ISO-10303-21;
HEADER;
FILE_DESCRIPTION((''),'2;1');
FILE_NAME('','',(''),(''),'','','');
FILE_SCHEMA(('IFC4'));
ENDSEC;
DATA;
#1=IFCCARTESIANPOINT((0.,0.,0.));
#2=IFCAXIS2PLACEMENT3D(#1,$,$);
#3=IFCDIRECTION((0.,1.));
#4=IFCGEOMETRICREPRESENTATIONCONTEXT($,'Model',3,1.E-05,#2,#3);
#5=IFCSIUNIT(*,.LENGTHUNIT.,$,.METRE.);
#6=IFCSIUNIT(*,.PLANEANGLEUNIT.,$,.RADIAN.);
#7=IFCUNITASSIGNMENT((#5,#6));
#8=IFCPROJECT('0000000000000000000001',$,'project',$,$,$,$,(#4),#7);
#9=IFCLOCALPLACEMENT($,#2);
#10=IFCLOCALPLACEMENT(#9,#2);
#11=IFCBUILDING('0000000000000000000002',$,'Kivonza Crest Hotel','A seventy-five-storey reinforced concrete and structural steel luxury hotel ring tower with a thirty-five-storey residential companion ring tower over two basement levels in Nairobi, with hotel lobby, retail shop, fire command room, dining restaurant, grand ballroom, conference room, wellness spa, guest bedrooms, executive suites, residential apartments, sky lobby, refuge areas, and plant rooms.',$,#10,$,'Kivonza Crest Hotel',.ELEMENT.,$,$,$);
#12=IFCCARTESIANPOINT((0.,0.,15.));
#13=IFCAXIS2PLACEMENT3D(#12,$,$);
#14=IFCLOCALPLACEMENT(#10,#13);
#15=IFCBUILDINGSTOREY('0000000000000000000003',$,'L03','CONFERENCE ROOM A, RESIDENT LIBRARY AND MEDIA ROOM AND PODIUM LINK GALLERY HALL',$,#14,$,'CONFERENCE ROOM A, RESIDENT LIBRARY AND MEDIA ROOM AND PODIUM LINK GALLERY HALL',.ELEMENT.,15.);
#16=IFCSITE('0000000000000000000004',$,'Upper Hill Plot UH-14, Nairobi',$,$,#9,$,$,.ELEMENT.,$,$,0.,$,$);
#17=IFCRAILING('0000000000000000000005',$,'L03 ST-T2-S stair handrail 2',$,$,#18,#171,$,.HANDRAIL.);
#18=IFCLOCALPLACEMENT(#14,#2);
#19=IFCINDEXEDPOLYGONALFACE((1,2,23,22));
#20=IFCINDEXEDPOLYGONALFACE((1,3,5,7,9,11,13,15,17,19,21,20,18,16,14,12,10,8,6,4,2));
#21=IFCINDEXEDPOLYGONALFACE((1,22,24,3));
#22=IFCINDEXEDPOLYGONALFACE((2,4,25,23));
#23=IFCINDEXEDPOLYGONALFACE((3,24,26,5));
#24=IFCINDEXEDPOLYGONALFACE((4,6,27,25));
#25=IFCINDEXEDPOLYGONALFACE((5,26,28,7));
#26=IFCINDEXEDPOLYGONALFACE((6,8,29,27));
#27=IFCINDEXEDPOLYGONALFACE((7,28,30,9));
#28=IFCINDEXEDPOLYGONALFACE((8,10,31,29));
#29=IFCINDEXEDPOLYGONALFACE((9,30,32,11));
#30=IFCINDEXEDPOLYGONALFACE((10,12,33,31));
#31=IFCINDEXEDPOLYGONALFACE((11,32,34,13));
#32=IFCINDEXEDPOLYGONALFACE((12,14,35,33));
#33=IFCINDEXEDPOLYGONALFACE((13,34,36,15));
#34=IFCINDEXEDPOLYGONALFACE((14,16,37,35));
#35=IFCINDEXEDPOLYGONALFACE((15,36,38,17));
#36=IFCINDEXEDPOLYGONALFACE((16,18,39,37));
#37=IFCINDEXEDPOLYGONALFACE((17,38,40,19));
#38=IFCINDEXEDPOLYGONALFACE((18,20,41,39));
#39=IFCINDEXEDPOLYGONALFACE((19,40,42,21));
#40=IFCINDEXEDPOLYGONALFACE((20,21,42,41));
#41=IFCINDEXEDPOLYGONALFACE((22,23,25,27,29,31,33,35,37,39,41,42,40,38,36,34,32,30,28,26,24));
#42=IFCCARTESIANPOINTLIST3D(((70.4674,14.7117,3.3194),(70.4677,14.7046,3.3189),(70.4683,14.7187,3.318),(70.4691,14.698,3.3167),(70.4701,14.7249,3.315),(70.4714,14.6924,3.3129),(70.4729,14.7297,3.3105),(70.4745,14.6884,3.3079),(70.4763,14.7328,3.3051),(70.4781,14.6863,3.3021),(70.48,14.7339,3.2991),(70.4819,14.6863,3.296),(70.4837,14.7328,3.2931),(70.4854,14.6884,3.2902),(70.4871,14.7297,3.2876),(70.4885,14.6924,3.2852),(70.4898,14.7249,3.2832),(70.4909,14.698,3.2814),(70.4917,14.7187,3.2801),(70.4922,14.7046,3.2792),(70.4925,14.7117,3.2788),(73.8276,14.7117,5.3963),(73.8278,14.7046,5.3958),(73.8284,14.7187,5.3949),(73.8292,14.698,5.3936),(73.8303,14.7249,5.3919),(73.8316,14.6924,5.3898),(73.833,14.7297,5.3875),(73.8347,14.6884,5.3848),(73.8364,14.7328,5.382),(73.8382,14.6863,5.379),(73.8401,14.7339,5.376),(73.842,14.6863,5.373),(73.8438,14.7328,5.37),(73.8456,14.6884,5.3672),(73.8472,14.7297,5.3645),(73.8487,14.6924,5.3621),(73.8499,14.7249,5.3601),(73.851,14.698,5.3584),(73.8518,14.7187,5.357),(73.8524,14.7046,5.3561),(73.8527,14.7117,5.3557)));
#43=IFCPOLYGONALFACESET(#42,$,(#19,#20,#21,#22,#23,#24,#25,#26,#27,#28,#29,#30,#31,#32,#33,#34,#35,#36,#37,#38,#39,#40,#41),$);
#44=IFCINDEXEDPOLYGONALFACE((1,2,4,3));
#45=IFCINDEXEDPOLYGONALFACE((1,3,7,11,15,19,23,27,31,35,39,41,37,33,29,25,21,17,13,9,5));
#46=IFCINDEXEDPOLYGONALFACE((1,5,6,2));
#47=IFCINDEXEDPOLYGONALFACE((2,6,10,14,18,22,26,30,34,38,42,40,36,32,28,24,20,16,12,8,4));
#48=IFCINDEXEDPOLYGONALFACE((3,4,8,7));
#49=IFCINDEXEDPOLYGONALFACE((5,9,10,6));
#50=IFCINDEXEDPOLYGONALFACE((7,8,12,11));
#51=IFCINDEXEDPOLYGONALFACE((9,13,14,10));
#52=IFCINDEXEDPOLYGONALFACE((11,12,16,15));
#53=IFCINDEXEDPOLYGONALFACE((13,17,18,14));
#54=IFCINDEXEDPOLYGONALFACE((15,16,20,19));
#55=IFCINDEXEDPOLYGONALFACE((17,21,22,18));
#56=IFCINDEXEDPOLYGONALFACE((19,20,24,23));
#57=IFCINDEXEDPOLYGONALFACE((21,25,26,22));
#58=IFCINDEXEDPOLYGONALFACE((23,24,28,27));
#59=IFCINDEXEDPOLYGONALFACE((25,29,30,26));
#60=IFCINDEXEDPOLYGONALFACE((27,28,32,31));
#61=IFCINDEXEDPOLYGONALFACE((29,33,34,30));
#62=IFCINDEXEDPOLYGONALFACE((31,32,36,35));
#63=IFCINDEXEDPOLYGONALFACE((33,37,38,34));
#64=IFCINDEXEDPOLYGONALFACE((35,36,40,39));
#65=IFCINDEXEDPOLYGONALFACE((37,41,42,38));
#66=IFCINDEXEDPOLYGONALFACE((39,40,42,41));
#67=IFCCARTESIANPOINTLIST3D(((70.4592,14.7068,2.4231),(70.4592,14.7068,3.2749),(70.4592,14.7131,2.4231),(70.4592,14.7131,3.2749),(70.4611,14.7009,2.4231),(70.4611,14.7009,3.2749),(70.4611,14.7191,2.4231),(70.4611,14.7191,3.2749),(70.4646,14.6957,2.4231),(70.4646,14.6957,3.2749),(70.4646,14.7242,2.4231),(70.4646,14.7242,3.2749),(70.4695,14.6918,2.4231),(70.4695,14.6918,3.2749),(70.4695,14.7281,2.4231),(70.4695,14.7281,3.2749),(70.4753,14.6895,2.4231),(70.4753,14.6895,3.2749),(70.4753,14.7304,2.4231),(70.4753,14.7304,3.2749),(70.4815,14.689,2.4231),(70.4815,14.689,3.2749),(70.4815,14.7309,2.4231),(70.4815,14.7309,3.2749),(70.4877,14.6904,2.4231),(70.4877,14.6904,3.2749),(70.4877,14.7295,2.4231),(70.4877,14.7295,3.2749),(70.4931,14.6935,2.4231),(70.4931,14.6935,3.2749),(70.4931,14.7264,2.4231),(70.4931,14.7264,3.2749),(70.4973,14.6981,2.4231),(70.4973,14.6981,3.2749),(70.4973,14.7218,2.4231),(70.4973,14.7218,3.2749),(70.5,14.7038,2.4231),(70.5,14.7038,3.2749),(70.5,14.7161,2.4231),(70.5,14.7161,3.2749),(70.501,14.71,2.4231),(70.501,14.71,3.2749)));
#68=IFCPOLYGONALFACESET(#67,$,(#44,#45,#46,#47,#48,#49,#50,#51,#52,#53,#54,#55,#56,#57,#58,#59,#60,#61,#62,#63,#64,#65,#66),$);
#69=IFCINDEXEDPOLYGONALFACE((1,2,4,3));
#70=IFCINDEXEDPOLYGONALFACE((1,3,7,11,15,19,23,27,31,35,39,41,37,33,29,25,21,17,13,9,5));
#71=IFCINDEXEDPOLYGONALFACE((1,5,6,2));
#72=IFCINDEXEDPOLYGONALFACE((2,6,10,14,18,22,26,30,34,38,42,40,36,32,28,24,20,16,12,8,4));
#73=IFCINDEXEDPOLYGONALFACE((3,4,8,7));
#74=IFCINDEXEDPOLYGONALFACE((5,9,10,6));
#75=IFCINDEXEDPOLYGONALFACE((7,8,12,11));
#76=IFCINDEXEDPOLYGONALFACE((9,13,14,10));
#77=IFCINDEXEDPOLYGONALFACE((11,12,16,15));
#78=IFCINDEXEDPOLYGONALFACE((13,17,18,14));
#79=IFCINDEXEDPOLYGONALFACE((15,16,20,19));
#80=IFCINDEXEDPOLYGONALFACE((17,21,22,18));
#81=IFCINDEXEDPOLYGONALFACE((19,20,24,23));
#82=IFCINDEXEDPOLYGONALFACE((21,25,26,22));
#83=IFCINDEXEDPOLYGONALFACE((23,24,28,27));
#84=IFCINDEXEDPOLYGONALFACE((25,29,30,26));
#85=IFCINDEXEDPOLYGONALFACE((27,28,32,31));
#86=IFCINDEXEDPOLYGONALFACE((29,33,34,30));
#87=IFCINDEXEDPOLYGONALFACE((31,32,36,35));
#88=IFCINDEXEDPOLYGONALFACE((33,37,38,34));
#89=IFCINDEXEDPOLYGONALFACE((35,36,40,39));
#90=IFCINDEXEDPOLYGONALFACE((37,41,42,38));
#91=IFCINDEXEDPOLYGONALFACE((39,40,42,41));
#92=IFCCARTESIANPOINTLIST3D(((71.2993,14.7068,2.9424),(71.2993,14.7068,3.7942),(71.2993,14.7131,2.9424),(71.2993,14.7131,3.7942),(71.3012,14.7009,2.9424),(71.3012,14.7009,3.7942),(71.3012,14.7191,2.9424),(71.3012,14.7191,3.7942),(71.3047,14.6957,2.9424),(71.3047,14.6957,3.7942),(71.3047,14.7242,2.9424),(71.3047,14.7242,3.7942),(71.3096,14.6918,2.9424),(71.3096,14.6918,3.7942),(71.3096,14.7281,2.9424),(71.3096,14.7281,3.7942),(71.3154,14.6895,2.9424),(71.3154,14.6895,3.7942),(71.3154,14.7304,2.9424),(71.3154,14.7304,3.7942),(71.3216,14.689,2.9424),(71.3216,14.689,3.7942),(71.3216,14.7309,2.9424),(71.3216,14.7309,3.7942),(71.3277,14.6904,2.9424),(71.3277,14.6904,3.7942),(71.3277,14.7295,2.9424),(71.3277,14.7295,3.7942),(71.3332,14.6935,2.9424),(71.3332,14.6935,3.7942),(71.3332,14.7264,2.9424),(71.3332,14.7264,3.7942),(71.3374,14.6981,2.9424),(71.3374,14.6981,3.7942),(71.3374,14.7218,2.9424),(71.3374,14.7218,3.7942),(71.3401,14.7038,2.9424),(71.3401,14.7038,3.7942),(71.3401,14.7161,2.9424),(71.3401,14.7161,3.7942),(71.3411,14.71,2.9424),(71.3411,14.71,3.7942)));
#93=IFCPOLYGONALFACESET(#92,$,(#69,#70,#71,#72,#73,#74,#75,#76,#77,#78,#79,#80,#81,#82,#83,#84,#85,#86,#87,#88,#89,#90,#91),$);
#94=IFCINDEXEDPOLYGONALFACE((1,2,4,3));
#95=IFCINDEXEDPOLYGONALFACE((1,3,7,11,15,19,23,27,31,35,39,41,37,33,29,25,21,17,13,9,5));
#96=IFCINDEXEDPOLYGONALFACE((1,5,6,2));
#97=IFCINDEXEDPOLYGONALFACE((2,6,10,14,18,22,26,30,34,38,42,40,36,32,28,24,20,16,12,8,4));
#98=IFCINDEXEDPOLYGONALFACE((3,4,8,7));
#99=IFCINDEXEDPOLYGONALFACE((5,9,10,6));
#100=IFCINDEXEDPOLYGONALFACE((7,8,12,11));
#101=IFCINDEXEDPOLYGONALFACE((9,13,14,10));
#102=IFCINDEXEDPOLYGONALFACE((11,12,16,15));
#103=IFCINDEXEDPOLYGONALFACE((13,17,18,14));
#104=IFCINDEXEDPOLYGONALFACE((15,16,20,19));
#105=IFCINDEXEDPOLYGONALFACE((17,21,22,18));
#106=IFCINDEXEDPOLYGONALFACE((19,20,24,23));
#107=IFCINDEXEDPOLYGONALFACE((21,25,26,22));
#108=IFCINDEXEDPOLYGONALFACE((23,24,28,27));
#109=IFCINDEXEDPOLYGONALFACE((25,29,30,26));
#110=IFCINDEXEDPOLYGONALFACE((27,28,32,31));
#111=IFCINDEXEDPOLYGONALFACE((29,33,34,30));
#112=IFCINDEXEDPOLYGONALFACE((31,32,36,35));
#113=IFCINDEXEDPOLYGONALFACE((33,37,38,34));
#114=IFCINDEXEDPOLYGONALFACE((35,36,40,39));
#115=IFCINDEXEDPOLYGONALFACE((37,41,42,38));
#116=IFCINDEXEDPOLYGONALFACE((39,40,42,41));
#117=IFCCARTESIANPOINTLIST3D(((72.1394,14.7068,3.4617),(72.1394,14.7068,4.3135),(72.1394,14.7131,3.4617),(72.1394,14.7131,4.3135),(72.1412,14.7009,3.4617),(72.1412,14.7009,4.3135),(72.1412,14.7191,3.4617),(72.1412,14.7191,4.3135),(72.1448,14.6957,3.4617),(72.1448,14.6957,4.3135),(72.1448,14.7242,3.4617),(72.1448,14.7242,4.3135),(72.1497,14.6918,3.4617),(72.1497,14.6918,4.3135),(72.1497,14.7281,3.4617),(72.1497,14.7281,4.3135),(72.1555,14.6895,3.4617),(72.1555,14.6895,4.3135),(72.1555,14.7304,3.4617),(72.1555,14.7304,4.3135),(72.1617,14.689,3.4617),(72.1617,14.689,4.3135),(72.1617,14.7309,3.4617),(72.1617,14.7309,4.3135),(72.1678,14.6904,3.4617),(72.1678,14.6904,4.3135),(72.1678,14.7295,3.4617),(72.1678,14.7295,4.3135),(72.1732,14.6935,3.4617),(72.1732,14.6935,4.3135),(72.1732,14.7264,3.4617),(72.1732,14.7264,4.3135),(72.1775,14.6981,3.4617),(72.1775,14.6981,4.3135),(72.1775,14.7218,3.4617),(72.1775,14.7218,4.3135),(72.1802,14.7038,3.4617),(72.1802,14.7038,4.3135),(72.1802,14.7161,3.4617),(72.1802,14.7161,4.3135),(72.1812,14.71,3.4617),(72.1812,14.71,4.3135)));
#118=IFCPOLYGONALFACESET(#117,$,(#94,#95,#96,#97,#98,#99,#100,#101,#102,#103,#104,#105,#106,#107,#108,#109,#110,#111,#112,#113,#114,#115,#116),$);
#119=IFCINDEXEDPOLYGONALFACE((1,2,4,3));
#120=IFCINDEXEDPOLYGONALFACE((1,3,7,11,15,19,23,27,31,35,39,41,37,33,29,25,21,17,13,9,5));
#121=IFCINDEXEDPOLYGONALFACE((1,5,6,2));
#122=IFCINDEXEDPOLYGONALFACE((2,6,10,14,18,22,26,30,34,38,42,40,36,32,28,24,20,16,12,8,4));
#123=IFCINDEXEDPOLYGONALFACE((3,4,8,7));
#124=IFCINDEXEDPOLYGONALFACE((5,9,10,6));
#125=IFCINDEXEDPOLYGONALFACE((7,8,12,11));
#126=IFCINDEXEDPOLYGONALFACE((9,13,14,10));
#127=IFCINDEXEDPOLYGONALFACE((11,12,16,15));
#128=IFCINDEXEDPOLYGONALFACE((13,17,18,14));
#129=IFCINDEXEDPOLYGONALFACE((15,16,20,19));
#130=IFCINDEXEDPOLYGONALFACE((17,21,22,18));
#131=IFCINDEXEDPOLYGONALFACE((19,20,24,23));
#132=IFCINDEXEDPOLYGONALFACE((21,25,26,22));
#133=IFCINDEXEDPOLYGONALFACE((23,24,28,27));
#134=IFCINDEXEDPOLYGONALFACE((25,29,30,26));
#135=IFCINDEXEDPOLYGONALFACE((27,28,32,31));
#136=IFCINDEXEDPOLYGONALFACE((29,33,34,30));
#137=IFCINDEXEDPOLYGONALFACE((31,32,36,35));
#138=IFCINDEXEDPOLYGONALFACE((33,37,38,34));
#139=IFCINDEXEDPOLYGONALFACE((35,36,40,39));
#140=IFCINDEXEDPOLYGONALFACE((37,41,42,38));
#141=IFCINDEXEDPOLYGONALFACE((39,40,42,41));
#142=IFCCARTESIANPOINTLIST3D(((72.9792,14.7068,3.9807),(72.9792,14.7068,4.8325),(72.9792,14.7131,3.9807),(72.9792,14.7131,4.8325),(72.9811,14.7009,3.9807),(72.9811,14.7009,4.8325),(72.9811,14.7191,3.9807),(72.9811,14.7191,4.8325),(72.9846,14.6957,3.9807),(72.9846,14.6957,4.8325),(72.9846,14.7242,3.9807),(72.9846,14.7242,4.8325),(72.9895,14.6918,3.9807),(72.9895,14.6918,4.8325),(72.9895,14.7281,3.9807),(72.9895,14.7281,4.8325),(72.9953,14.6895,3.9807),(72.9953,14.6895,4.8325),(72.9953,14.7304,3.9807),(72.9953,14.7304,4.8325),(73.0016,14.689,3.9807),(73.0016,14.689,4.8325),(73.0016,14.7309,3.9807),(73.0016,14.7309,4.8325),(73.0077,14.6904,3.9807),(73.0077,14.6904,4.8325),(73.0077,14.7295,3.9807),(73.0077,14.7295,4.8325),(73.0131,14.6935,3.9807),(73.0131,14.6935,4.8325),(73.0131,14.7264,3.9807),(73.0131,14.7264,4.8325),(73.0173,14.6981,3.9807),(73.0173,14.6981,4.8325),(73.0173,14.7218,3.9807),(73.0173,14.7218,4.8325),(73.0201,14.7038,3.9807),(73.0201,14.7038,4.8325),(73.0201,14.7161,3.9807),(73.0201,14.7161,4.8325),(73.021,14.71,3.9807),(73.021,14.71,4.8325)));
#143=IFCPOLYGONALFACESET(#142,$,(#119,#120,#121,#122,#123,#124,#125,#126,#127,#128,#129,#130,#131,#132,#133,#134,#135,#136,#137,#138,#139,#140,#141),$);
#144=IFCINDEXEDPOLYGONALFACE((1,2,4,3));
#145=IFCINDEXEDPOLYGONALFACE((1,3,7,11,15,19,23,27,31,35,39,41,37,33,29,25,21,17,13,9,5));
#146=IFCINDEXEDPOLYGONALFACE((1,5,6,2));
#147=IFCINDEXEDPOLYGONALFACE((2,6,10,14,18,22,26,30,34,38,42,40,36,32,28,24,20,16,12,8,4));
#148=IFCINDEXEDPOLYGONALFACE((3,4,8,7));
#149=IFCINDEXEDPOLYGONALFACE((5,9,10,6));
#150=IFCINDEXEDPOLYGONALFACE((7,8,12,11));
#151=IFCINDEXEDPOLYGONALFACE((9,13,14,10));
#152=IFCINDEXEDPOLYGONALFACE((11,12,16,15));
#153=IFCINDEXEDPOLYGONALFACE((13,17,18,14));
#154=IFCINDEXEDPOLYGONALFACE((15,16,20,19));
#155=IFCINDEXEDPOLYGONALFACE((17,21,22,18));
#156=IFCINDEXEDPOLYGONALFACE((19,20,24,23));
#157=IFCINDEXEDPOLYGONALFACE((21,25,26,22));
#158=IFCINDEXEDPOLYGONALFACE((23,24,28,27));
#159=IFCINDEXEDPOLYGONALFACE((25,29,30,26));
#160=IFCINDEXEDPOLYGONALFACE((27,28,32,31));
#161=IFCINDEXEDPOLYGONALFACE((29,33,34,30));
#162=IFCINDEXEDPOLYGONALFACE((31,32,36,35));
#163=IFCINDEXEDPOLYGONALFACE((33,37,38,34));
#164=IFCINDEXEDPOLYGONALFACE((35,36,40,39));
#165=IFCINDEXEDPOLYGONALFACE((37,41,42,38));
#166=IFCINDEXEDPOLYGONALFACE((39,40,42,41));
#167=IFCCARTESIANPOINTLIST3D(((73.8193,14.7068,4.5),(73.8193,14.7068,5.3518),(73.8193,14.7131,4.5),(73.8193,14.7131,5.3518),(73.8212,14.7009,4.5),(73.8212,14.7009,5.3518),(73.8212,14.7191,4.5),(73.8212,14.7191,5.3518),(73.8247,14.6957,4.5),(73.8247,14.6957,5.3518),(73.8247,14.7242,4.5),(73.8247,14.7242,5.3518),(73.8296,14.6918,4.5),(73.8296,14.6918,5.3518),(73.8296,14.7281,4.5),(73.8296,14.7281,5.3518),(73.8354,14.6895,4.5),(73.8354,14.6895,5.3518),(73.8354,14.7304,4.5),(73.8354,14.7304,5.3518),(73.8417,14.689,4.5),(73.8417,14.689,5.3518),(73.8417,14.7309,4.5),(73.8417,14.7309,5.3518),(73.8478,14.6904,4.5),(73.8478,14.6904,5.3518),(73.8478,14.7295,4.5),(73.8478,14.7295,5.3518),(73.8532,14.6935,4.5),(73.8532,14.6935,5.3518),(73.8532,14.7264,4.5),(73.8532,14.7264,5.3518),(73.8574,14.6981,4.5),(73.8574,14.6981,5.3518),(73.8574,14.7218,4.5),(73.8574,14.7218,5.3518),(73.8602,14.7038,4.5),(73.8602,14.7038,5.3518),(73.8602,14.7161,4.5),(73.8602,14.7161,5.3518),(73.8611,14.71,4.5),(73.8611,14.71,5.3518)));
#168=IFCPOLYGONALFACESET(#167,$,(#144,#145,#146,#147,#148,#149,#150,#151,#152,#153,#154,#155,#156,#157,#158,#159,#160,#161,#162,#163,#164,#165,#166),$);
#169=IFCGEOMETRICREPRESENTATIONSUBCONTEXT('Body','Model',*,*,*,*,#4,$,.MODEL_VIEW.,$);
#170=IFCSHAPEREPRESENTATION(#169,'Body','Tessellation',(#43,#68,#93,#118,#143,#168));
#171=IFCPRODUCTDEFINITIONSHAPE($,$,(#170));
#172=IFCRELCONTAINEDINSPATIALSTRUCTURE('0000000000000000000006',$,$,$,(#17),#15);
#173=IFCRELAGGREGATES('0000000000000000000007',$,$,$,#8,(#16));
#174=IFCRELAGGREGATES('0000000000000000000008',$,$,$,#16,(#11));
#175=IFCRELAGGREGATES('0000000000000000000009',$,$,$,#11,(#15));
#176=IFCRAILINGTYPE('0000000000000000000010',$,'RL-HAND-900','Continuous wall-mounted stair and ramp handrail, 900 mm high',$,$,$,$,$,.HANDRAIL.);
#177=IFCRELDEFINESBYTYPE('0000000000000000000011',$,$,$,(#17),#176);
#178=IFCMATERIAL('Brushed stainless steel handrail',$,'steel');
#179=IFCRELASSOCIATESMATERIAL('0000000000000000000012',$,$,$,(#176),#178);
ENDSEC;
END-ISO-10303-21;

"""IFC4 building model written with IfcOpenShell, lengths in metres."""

from ifc_helpers import new_model, si_unit, direction, frame, origin, origin_2d, place, context, subcontext, project, spatial, circle, extrude, material, type_object, element, save


model = new_model("IFC4")

# Units and contexts
model_context = context("Model", 3, precision=1e-05, world=origin(), true_north=direction((0.0, 1.0)))
body_context = subcontext(model_context, "Body", "Model", "MODEL_VIEW")
ifc_project = project(units=[si_unit("LENGTHUNIT", "METRE"), si_unit("PLANEANGLEUNIT", "RADIAN")], contexts=[model_context])

# Site, building, storey
site_placement = place(None, origin())
site = spatial("IfcSite", under=ifc_project, at=site_placement, Name="Upper Hill Plot UH-14, Nairobi", CompositionType="ELEMENT", RefElevation=0.0)
building_placement = place(site_placement, origin())
building = spatial("IfcBuilding", under=site, at=building_placement, Name="Kivonza Crest Hotel", Description="A seventy-five-storey reinforced concrete and structural steel luxury hotel ring tower with a thirty-five-storey residential companion ring tower over two basement levels in Nairobi, with hotel lobby, retail shop, fire command room, dining restaurant, grand ballroom, conference room, wellness spa, guest bedrooms, executive suites, residential apartments, sky lobby, refuge areas, and plant rooms.", LongName="Kivonza Crest Hotel", CompositionType="ELEMENT")
storey_placement = place(building_placement, frame((0.0, 0.0, 15.0)))
storey = spatial("IfcBuildingStorey", under=building, at=storey_placement, Name="L03", Description="CONFERENCE ROOM A, RESIDENT LIBRARY AND MEDIA ROOM AND PODIUM LINK GALLERY HALL", LongName="CONFERENCE ROOM A, RESIDENT LIBRARY AND MEDIA ROOM AND PODIUM LINK GALLERY HALL", CompositionType="ELEMENT", Elevation=15.0)

# Railing
ifc_material_1 = material(Name="Brushed stainless steel handrail", Category="steel")
railing_type_1 = type_object("IfcRailingType", Name="RL-HAND-900", Description="Continuous wall-mounted stair and ramp handrail, 900 mm high", PredefinedType="HANDRAIL", material=ifc_material_1)
railing_1_placement = place(storey_placement, frame((70.48, 14.71, 2.4231)))
element("IfcRailing", 1, at=railing_1_placement, inside=storey, type_object=railing_type_1, Name="L03 ST-T2-S stair handrail 2", PredefinedType="HANDRAIL", context=body_context, shape_type="SweptSolid", body=[
    extrude(circle(Radius=0.0239, at=origin_2d()), frame((0.0, 0.0, 0.876), z_axis=(0.850623, 0.0, 0.525776), x_axis=(0.0, 1.0, 0.0)), (0.0, 0.0, 1.0), 3.9502),
    extrude(circle(Radius=0.021, at=origin_2d()), origin(), (0.0, 0.0, 1.0), 0.8518),
    extrude(circle(Radius=0.021, at=origin_2d()), frame((0.8401, 0.0, 0.5193)), (0.0, 0.0, 1.0), 0.8518),
    extrude(circle(Radius=0.021, at=origin_2d()), frame((1.6802, 0.0, 1.0386)), (0.0, 0.0, 1.0), 0.8518),
    extrude(circle(Radius=0.021, at=origin_2d()), frame((2.52, 0.0, 1.5576)), (0.0, 0.0, 1.0), 0.8518),
    extrude(circle(Radius=0.021, at=origin_2d()), frame((3.3601, 0.0, 2.0769)), (0.0, 0.0, 1.0), 0.8518),
])

save(model, "model.ifc")
